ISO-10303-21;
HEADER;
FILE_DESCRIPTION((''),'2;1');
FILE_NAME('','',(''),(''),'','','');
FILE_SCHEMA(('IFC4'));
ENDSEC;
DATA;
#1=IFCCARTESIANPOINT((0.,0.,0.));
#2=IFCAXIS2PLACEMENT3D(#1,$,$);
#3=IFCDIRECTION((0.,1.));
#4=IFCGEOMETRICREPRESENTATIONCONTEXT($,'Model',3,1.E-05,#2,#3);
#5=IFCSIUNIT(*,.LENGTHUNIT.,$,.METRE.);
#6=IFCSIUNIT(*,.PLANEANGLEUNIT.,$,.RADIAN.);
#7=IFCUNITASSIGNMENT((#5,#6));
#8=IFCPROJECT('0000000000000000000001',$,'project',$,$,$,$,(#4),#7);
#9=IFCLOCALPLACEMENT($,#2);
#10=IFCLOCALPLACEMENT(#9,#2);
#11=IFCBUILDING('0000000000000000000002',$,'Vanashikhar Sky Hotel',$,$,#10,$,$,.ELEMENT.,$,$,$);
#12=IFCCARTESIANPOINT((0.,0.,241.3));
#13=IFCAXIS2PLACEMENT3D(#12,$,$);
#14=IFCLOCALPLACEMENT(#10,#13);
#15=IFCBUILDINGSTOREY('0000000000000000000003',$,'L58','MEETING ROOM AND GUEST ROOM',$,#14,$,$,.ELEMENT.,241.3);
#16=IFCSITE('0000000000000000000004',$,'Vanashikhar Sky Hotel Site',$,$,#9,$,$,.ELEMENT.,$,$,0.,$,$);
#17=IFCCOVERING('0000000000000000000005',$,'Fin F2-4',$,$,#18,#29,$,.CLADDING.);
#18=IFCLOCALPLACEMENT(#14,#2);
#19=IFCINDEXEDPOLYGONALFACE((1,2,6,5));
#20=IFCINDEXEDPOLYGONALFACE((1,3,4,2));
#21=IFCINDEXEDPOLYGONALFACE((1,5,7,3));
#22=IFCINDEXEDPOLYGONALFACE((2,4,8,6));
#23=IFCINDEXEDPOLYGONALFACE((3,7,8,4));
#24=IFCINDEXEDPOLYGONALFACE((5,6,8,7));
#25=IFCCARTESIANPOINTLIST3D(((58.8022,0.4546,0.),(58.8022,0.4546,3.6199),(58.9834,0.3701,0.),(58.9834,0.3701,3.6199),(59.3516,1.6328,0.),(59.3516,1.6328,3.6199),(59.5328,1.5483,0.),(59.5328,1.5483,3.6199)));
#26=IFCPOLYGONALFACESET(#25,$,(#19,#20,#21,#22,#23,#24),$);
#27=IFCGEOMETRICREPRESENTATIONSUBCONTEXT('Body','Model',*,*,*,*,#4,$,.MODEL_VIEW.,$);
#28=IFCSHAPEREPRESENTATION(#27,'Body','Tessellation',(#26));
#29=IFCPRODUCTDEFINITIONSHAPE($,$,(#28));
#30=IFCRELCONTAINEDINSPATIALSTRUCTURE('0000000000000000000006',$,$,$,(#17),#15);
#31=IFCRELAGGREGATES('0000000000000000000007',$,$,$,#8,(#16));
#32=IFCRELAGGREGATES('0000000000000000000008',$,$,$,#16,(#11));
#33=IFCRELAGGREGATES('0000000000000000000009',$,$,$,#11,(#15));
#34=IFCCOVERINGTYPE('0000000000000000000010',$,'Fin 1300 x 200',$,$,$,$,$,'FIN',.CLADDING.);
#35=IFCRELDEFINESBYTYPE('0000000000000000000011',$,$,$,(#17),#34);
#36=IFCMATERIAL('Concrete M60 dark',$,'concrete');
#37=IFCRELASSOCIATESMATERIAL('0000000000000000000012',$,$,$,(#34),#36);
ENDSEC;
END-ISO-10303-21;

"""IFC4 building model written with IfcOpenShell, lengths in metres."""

from ifc_helpers import new_model, si_unit, direction, frame, origin, origin_2d, place, context, subcontext, project, spatial, rectangle, extrude, source, transform, mapped, material, material_profile, profile_set, type_object, element, save


model = new_model("IFC4")

# Units and contexts
model_context = context("Model", 3, precision=1e-05, world=origin(), true_north=direction((0.0, 1.0)))
body_context = subcontext(model_context, "Body", "Model", "MODEL_VIEW")
ifc_project = project(units=[si_unit("LENGTHUNIT", "METRE"), si_unit("PLANEANGLEUNIT", "RADIAN")], contexts=[model_context])

# Site, building, storey
site_placement = place(None, origin())
site = spatial("IfcSite", under=ifc_project, at=site_placement, Name="Vanashikhar Sky Hotel Site", CompositionType="ELEMENT", RefElevation=0.0)
building_placement = place(site_placement, origin())
building = spatial("IfcBuilding", under=site, at=building_placement, Name="Vanashikhar Sky Hotel", CompositionType="ELEMENT")
storey_placement = place(building_placement, frame((0.0, 0.0, 241.3)))
storey = spatial("IfcBuildingStorey", under=building, at=storey_placement, Name="L58", Description="MEETING ROOM AND GUEST ROOM", CompositionType="ELEMENT", Elevation=241.3)

# Covering
ifc_material_1 = material(Name="Concrete M60 dark", Category="concrete")
ifc_material_profile = material_profile(ifc_material_1, rectangle(XDim=1.3, YDim=0.2, at=origin_2d()))
ifc_profile_set = profile_set([ifc_material_profile], Name="Fin 1300 x 200")
covering_type = type_object("IfcCoveringType", Name="Fin 1300 x 200", ElementType="FIN", PredefinedType="CLADDING", material=ifc_profile_set)
shared_shape_1 = source(origin(), body_context, "Body", "SweptSolid", [
    extrude(rectangle(XDim=1.3, YDim=0.2, at=origin_2d()), origin(), (0.0, 0.0, 1.0), 3.6199),
])
for number, where, z_axis, x_axis, name in (
    (1, (59.1675, 1.0015, 0.0), (0.0, 0.0, 1.0), (-0.422618, -0.906308, 0.0), "Fin F2-4"),
):
    element("IfcCovering", number, at=place(storey_placement, frame(where, z_axis=z_axis, x_axis=x_axis)), inside=storey, type_object=covering_type, Name=name, PredefinedType="CLADDING", context=body_context, shape_type="MappedRepresentation", body=[
        mapped(shared_shape_1, transform((0.0, 0.0, 0.0), scale=1.0)),
    ])

save(model, "model.ifc")
